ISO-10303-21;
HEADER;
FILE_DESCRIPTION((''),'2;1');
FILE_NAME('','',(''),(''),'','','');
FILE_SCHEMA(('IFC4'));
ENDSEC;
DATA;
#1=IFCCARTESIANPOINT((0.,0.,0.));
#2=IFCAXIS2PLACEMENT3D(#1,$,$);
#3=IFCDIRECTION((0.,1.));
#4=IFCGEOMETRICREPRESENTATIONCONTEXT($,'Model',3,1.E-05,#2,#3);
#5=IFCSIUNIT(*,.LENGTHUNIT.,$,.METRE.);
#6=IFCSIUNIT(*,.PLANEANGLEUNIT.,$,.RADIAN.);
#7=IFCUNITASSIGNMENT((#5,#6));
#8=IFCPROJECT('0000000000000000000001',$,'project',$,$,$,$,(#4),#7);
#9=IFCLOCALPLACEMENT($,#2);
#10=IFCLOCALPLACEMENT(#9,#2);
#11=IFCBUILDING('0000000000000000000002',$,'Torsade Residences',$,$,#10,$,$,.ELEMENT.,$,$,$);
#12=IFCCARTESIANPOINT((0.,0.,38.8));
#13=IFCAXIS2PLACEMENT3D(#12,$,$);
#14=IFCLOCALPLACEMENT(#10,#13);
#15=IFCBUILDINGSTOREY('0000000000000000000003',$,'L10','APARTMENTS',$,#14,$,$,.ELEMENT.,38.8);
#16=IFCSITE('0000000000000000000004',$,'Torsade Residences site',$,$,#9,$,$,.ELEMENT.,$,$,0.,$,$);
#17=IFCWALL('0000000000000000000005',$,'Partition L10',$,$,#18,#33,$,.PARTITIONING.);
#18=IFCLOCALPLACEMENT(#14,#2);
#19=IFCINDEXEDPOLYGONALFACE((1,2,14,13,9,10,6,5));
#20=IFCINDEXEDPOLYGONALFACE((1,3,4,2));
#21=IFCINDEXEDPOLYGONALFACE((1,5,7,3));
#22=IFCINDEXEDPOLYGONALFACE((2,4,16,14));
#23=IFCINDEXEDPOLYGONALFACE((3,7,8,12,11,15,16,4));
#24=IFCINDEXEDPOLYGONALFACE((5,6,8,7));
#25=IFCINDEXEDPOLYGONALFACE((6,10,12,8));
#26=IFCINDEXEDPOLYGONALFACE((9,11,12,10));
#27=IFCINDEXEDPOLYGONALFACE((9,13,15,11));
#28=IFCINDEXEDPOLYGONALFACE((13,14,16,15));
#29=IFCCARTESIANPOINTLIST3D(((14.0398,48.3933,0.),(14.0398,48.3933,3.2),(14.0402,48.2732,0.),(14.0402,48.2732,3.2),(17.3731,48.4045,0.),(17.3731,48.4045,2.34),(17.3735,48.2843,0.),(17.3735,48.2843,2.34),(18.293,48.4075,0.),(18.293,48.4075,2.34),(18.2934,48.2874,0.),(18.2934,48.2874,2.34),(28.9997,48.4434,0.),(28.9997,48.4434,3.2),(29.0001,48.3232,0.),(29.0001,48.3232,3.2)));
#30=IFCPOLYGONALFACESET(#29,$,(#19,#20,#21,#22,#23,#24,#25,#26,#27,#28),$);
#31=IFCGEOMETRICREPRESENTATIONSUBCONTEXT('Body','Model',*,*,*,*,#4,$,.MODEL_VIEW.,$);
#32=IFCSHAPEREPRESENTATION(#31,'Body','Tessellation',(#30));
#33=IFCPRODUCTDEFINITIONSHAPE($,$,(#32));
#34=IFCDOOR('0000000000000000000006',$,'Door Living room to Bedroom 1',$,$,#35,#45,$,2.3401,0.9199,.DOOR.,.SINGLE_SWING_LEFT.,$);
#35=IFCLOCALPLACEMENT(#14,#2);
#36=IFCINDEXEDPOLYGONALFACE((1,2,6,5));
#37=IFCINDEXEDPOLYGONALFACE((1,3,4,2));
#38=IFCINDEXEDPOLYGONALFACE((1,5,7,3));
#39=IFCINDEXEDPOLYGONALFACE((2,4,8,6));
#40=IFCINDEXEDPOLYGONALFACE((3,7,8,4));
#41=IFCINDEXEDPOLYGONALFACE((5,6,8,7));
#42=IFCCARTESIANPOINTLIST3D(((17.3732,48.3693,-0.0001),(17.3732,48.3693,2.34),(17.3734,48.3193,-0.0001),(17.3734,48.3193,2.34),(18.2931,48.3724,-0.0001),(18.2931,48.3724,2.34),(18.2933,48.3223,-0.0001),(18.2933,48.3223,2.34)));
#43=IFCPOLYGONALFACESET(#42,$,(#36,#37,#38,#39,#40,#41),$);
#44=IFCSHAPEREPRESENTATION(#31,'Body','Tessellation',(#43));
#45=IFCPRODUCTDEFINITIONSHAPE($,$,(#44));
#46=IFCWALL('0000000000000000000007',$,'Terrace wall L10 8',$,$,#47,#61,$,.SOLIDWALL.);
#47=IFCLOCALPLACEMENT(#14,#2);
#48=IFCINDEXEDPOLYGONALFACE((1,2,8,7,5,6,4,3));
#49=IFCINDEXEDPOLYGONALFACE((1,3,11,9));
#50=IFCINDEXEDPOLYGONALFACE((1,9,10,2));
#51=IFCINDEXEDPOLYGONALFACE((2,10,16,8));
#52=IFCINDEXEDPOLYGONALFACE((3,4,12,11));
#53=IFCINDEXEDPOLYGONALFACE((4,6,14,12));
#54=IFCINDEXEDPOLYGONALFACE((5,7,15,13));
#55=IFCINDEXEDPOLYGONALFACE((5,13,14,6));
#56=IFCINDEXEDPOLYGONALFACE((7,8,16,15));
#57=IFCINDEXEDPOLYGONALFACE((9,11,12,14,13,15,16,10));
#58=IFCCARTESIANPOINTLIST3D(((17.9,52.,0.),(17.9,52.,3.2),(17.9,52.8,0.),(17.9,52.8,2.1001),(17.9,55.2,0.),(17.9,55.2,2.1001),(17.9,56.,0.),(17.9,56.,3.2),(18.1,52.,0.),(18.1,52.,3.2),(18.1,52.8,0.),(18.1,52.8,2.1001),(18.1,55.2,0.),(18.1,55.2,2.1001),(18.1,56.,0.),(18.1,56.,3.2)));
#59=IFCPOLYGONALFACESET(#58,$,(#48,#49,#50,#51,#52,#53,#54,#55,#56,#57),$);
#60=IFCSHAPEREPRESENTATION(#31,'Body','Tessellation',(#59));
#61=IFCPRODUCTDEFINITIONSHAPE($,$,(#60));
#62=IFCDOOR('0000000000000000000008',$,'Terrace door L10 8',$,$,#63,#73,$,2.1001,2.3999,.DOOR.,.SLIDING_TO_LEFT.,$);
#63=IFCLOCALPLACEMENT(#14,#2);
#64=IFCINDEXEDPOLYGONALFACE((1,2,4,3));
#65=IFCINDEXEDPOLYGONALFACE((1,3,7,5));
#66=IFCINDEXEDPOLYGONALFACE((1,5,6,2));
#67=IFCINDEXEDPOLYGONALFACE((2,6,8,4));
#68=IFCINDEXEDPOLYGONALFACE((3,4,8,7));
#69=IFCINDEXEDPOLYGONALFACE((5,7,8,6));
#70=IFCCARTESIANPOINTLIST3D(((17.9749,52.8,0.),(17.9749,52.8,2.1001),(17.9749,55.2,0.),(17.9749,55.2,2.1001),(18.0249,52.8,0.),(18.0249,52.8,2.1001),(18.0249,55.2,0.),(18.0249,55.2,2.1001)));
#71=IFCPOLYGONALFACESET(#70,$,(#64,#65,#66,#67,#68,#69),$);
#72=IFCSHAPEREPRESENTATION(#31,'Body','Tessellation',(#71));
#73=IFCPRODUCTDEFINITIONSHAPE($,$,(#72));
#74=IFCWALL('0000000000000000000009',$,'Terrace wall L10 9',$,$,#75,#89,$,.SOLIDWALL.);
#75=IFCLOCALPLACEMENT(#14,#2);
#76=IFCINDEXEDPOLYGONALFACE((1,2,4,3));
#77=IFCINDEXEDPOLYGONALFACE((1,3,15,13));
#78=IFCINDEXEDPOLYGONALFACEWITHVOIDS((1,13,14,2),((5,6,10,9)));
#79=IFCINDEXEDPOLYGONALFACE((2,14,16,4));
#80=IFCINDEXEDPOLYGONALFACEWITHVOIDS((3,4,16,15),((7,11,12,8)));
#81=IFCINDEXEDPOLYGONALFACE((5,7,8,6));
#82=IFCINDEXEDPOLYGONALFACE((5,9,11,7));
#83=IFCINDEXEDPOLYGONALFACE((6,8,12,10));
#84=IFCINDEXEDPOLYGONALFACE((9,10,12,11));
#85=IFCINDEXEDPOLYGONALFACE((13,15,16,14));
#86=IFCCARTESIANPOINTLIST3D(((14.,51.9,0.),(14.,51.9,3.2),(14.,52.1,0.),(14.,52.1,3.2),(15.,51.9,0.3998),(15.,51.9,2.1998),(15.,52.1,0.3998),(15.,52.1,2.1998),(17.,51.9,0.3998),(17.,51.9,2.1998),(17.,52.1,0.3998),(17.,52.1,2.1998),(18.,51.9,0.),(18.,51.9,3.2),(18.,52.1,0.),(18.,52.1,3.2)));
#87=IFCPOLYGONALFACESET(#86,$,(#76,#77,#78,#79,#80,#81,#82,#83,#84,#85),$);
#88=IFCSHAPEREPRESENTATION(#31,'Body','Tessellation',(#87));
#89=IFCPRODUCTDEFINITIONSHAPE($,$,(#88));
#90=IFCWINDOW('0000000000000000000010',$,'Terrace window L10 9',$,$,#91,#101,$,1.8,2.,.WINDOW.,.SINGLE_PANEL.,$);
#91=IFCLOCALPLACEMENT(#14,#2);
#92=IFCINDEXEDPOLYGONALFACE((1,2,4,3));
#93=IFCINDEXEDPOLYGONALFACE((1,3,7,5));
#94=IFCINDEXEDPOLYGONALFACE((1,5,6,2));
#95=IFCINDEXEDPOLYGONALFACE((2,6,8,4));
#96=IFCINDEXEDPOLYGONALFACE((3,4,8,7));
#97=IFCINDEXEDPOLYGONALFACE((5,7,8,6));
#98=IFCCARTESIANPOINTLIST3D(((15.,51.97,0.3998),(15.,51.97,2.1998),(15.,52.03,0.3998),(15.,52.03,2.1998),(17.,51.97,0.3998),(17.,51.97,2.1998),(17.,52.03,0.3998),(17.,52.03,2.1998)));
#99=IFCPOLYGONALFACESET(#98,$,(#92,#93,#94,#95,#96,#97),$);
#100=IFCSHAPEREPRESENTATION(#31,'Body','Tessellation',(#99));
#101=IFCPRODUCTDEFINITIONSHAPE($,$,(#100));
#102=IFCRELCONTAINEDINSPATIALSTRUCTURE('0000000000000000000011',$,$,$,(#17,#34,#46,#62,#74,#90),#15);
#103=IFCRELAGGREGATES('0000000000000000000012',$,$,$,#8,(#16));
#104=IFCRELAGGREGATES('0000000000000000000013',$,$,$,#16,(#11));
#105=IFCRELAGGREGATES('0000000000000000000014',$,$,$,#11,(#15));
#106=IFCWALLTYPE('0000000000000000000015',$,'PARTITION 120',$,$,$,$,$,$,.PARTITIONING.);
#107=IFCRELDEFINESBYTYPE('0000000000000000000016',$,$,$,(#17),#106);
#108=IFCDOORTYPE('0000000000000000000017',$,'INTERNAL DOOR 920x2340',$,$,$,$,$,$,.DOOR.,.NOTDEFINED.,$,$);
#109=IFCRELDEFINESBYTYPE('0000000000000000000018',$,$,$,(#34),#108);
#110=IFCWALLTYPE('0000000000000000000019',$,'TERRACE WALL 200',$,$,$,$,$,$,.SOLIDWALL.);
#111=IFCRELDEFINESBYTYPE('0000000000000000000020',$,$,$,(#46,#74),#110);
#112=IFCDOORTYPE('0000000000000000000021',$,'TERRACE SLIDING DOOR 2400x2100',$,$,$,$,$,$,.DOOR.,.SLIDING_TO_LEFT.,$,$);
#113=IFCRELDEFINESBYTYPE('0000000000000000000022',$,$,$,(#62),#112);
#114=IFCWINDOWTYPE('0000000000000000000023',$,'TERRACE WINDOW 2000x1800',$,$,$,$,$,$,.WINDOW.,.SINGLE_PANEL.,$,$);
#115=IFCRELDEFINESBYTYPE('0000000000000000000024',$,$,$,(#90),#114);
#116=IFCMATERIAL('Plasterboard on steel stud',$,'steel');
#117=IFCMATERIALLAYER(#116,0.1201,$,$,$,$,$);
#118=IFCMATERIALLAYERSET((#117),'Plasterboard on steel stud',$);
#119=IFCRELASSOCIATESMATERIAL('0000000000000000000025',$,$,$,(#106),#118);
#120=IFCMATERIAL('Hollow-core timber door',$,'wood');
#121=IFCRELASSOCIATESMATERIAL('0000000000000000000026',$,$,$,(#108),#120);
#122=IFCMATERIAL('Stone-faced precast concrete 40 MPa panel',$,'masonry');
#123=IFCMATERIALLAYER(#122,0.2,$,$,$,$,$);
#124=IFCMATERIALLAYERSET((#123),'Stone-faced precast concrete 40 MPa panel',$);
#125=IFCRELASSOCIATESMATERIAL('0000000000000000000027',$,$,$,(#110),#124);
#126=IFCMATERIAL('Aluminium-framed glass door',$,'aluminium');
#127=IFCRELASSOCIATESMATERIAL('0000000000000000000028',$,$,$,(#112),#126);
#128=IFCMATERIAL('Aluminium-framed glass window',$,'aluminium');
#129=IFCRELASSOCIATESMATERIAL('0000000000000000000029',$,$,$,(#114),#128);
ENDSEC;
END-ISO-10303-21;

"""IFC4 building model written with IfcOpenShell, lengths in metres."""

from ifc_helpers import new_model, si_unit, direction, frame, frame_2d, origin, place, context, subcontext, project, spatial, rectangle, extrude, material, layer, layer_set, type_object, element, fill, save


model = new_model("IFC4")

# Units and contexts
model_context = context("Model", 3, precision=1e-05, world=origin(), true_north=direction((0.0, 1.0)))
body_context = subcontext(model_context, "Body", "Model", "MODEL_VIEW")
ifc_project = project(units=[si_unit("LENGTHUNIT", "METRE"), si_unit("PLANEANGLEUNIT", "RADIAN")], contexts=[model_context])

# Site, building, storey
site_placement = place(None, origin())
site = spatial("IfcSite", under=ifc_project, at=site_placement, Name="Torsade Residences site", CompositionType="ELEMENT", RefElevation=0.0)
building_placement = place(site_placement, origin())
building = spatial("IfcBuilding", under=site, at=building_placement, Name="Torsade Residences", CompositionType="ELEMENT")
storey_placement = place(building_placement, frame((0.0, 0.0, 38.8)))
storey = spatial("IfcBuildingStorey", under=building, at=storey_placement, Name="L10", Description="APARTMENTS", CompositionType="ELEMENT", Elevation=38.8)

# Walls, openings, doors
ifc_material_1 = material(Name="Plasterboard on steel stud", Category="steel")
ifc_layer_1 = layer(ifc_material_1, 0.1201)
ifc_layer_set_1 = layer_set([ifc_layer_1], Name="Plasterboard on steel stud")
wall_type_1 = type_object("IfcWallType", Name="PARTITION 120", PredefinedType="PARTITIONING", material=ifc_layer_set_1)
wall_1_placement = place(storey_placement, frame((14.04, 48.3333, 0.0), z_axis=(0.0, 0.0, 1.0), x_axis=(0.999994, 0.003345, 0.0)))
wall_1 = element("IfcWall", 1, at=wall_1_placement, inside=storey, type_object=wall_type_1, Name="Partition L10", PredefinedType="PARTITIONING", context=body_context, shape_type="SweptSolid", body=[
    extrude(rectangle(XDim=14.96, YDim=0.1201, at=frame_2d((7.48, 0.0))), origin(), (0.0, 0.0, 1.0), 3.2),
])
opening_1_placement = place(wall_1_placement, frame((3.3333, 0.0, 0.0)))
opening_1 = element("IfcOpeningElement", 2, at=opening_1_placement, cuts=wall_1, PredefinedType="OPENING", context=body_context, shape_type="SweptSolid", body=[
    extrude(rectangle(XDim=0.9199, YDim=2.3401, at=frame_2d((0.46, 1.1699))), frame((0.0, 0.0701, 0.0), z_axis=(0.0, -1.0, 0.0), x_axis=(1.0, 0.0, 0.0)), (0.0, 0.0, 1.0), 0.1401),
])
ifc_material_2 = material(Name="Hollow-core timber door", Category="wood")
door_type_1 = type_object("IfcDoorType", Name="INTERNAL DOOR 920x2340", OperationType="NOTDEFINED", PredefinedType="DOOR", material=ifc_material_2)
door_1_placement = place(opening_1_placement, origin())
door_1 = element("IfcDoor", 3, at=door_1_placement, inside=storey, type_object=door_type_1, Name="Door Living room to Bedroom 1", OperationType="SINGLE_SWING_LEFT", OverallHeight=2.3401, OverallWidth=0.9199, PredefinedType="DOOR", context=body_context, shape_type="SweptSolid", body=[
    extrude(rectangle(XDim=0.9199, YDim=2.3401, at=frame_2d((0.46, 1.1699))), frame((0.0, 0.0249, 0.0), z_axis=(0.0, -1.0, 0.0), x_axis=(1.0, 0.0, 0.0)), (0.0, 0.0, 1.0), 0.05),
])
fill(opening_1, door_1)
ifc_material_3 = material(Name="Stone-faced precast concrete 40 MPa panel", Category="masonry")
ifc_layer_2 = layer(ifc_material_3, 0.2)
ifc_layer_set_2 = layer_set([ifc_layer_2], Name="Stone-faced precast concrete 40 MPa panel")
wall_type_2 = type_object("IfcWallType", Name="TERRACE WALL 200", PredefinedType="SOLIDWALL", material=ifc_layer_set_2)
wall_2_placement = place(storey_placement, frame((18.0, 56.0, 0.0), z_axis=(0.0, 0.0, 1.0), x_axis=(0.0, -1.0, 0.0)))
wall_2 = element("IfcWall", 4, at=wall_2_placement, inside=storey, type_object=wall_type_2, Name="Terrace wall L10 8", PredefinedType="SOLIDWALL", context=body_context, shape_type="SweptSolid", body=[
    extrude(rectangle(XDim=4.0, YDim=0.2, at=frame_2d((2.0, 0.0))), origin(), (0.0, 0.0, 1.0), 3.2),
])
opening_2_placement = place(wall_2_placement, frame((0.8, 0.0, 0.0)))
opening_2 = element("IfcOpeningElement", 5, at=opening_2_placement, cuts=wall_2, PredefinedType="OPENING", context=body_context, shape_type="SweptSolid", body=[
    extrude(rectangle(XDim=2.3999, YDim=2.1001, at=frame_2d((1.2, 1.05))), frame((0.0, 0.1099, 0.0), z_axis=(0.0, -1.0, 0.0), x_axis=(1.0, 0.0, 0.0)), (0.0, 0.0, 1.0), 0.22),
])
ifc_material_4 = material(Name="Aluminium-framed glass door", Category="aluminium")
door_type_2 = type_object("IfcDoorType", Name="TERRACE SLIDING DOOR 2400x2100", OperationType="SLIDING_TO_LEFT", PredefinedType="DOOR", material=ifc_material_4)
door_2_placement = place(opening_2_placement, origin())
door_2 = element("IfcDoor", 6, at=door_2_placement, inside=storey, type_object=door_type_2, Name="Terrace door L10 8", OperationType="SLIDING_TO_LEFT", OverallHeight=2.1001, OverallWidth=2.3999, PredefinedType="DOOR", context=body_context, shape_type="SweptSolid", body=[
    extrude(rectangle(XDim=2.3999, YDim=2.1001, at=frame_2d((1.2, 1.05))), frame((0.0, 0.0249, 0.0), z_axis=(0.0, -1.0, 0.0), x_axis=(1.0, 0.0, 0.0)), (0.0, 0.0, 1.0), 0.05),
])
fill(opening_2, door_2)

# Wall, opening, window
wall_3_placement = place(storey_placement, frame((18.0, 52.0, 0.0), z_axis=(0.0, 0.0, 1.0), x_axis=(-1.0, 0.0, 0.0)))
wall_3 = element("IfcWall", 7, at=wall_3_placement, inside=storey, type_object=wall_type_2, Name="Terrace wall L10 9", PredefinedType="SOLIDWALL", context=body_context, shape_type="SweptSolid", body=[
    extrude(rectangle(XDim=4.0, YDim=0.2, at=frame_2d((2.0, 0.0))), origin(), (0.0, 0.0, 1.0), 3.2),
])
opening_3_placement = place(wall_3_placement, frame((1.0, 0.0, 0.3999)))
opening_3 = element("IfcOpeningElement", 8, at=opening_3_placement, cuts=wall_3, PredefinedType="OPENING", context=body_context, shape_type="SweptSolid", body=[
    extrude(rectangle(XDim=2.0, YDim=1.8, at=frame_2d((1.0, 0.8999))), frame((0.0, 0.1099, 0.0), z_axis=(0.0, -1.0, 0.0), x_axis=(1.0, 0.0, 0.0)), (0.0, 0.0, 1.0), 0.22),
])
ifc_material_5 = material(Name="Aluminium-framed glass window", Category="aluminium")
window_type = type_object("IfcWindowType", Name="TERRACE WINDOW 2000x1800", PartitioningType="SINGLE_PANEL", PredefinedType="WINDOW", material=ifc_material_5)
window_placement = place(opening_3_placement, origin())
window = element("IfcWindow", 9, at=window_placement, inside=storey, type_object=window_type, Name="Terrace window L10 9", OverallHeight=1.8, OverallWidth=2.0, PartitioningType="SINGLE_PANEL", PredefinedType="WINDOW", context=body_context, shape_type="SweptSolid", body=[
    extrude(rectangle(XDim=2.0, YDim=1.8, at=frame_2d((1.0, 0.8999))), frame((0.0, 0.03, 0.0), z_axis=(0.0, -1.0, 0.0), x_axis=(1.0, 0.0, 0.0)), (0.0, 0.0, 1.0), 0.0601),
])
fill(opening_3, window)

save(model, "model.ifc")
